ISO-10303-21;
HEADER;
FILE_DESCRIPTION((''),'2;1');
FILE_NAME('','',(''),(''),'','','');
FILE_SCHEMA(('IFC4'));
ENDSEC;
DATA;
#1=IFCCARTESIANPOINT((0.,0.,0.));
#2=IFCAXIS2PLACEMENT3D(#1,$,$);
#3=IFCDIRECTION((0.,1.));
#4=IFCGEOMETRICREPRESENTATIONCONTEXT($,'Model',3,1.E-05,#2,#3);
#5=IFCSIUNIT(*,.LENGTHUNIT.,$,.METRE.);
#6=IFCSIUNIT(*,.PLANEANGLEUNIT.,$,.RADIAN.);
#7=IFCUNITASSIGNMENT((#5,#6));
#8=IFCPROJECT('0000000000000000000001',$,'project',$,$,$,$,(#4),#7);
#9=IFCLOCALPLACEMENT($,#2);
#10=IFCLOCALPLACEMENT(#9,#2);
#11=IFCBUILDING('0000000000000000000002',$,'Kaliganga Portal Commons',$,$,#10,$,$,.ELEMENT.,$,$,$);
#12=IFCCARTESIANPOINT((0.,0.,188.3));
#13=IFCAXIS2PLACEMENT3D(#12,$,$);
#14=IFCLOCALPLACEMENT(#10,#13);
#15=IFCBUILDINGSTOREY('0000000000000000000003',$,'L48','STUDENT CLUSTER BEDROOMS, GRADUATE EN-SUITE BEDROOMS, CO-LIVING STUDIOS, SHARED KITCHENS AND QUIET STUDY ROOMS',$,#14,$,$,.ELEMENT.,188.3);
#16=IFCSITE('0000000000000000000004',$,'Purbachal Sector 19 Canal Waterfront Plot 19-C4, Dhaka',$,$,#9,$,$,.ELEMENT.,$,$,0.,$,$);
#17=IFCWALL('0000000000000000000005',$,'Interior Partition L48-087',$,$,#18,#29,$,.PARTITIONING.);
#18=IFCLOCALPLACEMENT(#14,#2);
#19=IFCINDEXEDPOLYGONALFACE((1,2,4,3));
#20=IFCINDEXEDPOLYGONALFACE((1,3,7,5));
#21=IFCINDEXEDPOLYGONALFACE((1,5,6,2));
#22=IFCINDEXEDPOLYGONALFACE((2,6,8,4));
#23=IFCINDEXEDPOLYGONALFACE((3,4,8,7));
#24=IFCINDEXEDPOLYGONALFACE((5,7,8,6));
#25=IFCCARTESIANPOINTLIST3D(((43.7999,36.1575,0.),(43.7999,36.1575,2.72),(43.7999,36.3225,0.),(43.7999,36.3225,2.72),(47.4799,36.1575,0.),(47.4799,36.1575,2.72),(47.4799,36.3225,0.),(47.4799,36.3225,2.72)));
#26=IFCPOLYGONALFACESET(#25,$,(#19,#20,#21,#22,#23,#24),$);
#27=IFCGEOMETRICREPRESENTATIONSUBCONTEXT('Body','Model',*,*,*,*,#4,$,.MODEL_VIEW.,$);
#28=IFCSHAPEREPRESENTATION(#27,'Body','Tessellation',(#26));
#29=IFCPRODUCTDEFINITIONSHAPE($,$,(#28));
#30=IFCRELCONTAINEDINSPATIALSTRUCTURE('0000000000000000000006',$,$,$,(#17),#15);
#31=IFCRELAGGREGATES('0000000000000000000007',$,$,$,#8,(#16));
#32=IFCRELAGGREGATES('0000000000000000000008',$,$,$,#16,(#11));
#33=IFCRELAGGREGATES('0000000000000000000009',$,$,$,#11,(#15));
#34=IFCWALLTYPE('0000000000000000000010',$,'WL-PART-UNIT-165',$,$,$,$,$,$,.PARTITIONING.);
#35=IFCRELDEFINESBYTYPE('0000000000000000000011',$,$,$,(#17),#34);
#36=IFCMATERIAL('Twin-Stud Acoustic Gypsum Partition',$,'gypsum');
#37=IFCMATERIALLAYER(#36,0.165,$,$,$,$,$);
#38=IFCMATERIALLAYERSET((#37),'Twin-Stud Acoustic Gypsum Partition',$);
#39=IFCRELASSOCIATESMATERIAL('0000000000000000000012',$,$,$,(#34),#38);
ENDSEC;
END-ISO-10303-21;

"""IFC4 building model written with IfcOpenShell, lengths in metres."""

from ifc_helpers import new_model, si_unit, direction, frame, frame_2d, origin, place, context, subcontext, project, spatial, rectangle, extrude, material, layer, layer_set, type_object, element, save


model = new_model("IFC4")

# Units and contexts
model_context = context("Model", 3, precision=1e-05, world=origin(), true_north=direction((0.0, 1.0)))
body_context = subcontext(model_context, "Body", "Model", "MODEL_VIEW")
ifc_project = project(units=[si_unit("LENGTHUNIT", "METRE"), si_unit("PLANEANGLEUNIT", "RADIAN")], contexts=[model_context])

# Site, building, storey
site_placement = place(None, origin())
site = spatial("IfcSite", under=ifc_project, at=site_placement, Name="Purbachal Sector 19 Canal Waterfront Plot 19-C4, Dhaka", CompositionType="ELEMENT", RefElevation=0.0)
building_placement = place(site_placement, origin())
building = spatial("IfcBuilding", under=site, at=building_placement, Name="Kaliganga Portal Commons", CompositionType="ELEMENT")
storey_placement = place(building_placement, frame((0.0, 0.0, 188.3)))
storey = spatial("IfcBuildingStorey", under=building, at=storey_placement, Name="L48", Description="STUDENT CLUSTER BEDROOMS, GRADUATE EN-SUITE BEDROOMS, CO-LIVING STUDIOS, SHARED KITCHENS AND QUIET STUDY ROOMS", CompositionType="ELEMENT", Elevation=188.3)

# Wall
ifc_material_1 = material(Name="Twin-Stud Acoustic Gypsum Partition", Category="gypsum")
ifc_layer_1 = layer(ifc_material_1, 0.165)
ifc_layer_set_1 = layer_set([ifc_layer_1], Name="Twin-Stud Acoustic Gypsum Partition")
wall_type_1 = type_object("IfcWallType", Name="WL-PART-UNIT-165", PredefinedType="PARTITIONING", material=ifc_layer_set_1)
wall_1_placement = place(storey_placement, frame((43.8, 36.24, 0.0), z_axis=(0.0, 0.0, 1.0), x_axis=(1.0, 0.0, 0.0)))
element("IfcWall", 1, at=wall_1_placement, inside=storey, type_object=wall_type_1, Name="Interior Partition L48-087", PredefinedType="PARTITIONING", context=body_context, shape_type="SweptSolid", body=[
    extrude(rectangle(XDim=3.6799, YDim=0.165, at=frame_2d((1.8398, 0.0))), origin(), (0.0, 0.0, 1.0), 2.72),
])

save(model, "model.ifc")
